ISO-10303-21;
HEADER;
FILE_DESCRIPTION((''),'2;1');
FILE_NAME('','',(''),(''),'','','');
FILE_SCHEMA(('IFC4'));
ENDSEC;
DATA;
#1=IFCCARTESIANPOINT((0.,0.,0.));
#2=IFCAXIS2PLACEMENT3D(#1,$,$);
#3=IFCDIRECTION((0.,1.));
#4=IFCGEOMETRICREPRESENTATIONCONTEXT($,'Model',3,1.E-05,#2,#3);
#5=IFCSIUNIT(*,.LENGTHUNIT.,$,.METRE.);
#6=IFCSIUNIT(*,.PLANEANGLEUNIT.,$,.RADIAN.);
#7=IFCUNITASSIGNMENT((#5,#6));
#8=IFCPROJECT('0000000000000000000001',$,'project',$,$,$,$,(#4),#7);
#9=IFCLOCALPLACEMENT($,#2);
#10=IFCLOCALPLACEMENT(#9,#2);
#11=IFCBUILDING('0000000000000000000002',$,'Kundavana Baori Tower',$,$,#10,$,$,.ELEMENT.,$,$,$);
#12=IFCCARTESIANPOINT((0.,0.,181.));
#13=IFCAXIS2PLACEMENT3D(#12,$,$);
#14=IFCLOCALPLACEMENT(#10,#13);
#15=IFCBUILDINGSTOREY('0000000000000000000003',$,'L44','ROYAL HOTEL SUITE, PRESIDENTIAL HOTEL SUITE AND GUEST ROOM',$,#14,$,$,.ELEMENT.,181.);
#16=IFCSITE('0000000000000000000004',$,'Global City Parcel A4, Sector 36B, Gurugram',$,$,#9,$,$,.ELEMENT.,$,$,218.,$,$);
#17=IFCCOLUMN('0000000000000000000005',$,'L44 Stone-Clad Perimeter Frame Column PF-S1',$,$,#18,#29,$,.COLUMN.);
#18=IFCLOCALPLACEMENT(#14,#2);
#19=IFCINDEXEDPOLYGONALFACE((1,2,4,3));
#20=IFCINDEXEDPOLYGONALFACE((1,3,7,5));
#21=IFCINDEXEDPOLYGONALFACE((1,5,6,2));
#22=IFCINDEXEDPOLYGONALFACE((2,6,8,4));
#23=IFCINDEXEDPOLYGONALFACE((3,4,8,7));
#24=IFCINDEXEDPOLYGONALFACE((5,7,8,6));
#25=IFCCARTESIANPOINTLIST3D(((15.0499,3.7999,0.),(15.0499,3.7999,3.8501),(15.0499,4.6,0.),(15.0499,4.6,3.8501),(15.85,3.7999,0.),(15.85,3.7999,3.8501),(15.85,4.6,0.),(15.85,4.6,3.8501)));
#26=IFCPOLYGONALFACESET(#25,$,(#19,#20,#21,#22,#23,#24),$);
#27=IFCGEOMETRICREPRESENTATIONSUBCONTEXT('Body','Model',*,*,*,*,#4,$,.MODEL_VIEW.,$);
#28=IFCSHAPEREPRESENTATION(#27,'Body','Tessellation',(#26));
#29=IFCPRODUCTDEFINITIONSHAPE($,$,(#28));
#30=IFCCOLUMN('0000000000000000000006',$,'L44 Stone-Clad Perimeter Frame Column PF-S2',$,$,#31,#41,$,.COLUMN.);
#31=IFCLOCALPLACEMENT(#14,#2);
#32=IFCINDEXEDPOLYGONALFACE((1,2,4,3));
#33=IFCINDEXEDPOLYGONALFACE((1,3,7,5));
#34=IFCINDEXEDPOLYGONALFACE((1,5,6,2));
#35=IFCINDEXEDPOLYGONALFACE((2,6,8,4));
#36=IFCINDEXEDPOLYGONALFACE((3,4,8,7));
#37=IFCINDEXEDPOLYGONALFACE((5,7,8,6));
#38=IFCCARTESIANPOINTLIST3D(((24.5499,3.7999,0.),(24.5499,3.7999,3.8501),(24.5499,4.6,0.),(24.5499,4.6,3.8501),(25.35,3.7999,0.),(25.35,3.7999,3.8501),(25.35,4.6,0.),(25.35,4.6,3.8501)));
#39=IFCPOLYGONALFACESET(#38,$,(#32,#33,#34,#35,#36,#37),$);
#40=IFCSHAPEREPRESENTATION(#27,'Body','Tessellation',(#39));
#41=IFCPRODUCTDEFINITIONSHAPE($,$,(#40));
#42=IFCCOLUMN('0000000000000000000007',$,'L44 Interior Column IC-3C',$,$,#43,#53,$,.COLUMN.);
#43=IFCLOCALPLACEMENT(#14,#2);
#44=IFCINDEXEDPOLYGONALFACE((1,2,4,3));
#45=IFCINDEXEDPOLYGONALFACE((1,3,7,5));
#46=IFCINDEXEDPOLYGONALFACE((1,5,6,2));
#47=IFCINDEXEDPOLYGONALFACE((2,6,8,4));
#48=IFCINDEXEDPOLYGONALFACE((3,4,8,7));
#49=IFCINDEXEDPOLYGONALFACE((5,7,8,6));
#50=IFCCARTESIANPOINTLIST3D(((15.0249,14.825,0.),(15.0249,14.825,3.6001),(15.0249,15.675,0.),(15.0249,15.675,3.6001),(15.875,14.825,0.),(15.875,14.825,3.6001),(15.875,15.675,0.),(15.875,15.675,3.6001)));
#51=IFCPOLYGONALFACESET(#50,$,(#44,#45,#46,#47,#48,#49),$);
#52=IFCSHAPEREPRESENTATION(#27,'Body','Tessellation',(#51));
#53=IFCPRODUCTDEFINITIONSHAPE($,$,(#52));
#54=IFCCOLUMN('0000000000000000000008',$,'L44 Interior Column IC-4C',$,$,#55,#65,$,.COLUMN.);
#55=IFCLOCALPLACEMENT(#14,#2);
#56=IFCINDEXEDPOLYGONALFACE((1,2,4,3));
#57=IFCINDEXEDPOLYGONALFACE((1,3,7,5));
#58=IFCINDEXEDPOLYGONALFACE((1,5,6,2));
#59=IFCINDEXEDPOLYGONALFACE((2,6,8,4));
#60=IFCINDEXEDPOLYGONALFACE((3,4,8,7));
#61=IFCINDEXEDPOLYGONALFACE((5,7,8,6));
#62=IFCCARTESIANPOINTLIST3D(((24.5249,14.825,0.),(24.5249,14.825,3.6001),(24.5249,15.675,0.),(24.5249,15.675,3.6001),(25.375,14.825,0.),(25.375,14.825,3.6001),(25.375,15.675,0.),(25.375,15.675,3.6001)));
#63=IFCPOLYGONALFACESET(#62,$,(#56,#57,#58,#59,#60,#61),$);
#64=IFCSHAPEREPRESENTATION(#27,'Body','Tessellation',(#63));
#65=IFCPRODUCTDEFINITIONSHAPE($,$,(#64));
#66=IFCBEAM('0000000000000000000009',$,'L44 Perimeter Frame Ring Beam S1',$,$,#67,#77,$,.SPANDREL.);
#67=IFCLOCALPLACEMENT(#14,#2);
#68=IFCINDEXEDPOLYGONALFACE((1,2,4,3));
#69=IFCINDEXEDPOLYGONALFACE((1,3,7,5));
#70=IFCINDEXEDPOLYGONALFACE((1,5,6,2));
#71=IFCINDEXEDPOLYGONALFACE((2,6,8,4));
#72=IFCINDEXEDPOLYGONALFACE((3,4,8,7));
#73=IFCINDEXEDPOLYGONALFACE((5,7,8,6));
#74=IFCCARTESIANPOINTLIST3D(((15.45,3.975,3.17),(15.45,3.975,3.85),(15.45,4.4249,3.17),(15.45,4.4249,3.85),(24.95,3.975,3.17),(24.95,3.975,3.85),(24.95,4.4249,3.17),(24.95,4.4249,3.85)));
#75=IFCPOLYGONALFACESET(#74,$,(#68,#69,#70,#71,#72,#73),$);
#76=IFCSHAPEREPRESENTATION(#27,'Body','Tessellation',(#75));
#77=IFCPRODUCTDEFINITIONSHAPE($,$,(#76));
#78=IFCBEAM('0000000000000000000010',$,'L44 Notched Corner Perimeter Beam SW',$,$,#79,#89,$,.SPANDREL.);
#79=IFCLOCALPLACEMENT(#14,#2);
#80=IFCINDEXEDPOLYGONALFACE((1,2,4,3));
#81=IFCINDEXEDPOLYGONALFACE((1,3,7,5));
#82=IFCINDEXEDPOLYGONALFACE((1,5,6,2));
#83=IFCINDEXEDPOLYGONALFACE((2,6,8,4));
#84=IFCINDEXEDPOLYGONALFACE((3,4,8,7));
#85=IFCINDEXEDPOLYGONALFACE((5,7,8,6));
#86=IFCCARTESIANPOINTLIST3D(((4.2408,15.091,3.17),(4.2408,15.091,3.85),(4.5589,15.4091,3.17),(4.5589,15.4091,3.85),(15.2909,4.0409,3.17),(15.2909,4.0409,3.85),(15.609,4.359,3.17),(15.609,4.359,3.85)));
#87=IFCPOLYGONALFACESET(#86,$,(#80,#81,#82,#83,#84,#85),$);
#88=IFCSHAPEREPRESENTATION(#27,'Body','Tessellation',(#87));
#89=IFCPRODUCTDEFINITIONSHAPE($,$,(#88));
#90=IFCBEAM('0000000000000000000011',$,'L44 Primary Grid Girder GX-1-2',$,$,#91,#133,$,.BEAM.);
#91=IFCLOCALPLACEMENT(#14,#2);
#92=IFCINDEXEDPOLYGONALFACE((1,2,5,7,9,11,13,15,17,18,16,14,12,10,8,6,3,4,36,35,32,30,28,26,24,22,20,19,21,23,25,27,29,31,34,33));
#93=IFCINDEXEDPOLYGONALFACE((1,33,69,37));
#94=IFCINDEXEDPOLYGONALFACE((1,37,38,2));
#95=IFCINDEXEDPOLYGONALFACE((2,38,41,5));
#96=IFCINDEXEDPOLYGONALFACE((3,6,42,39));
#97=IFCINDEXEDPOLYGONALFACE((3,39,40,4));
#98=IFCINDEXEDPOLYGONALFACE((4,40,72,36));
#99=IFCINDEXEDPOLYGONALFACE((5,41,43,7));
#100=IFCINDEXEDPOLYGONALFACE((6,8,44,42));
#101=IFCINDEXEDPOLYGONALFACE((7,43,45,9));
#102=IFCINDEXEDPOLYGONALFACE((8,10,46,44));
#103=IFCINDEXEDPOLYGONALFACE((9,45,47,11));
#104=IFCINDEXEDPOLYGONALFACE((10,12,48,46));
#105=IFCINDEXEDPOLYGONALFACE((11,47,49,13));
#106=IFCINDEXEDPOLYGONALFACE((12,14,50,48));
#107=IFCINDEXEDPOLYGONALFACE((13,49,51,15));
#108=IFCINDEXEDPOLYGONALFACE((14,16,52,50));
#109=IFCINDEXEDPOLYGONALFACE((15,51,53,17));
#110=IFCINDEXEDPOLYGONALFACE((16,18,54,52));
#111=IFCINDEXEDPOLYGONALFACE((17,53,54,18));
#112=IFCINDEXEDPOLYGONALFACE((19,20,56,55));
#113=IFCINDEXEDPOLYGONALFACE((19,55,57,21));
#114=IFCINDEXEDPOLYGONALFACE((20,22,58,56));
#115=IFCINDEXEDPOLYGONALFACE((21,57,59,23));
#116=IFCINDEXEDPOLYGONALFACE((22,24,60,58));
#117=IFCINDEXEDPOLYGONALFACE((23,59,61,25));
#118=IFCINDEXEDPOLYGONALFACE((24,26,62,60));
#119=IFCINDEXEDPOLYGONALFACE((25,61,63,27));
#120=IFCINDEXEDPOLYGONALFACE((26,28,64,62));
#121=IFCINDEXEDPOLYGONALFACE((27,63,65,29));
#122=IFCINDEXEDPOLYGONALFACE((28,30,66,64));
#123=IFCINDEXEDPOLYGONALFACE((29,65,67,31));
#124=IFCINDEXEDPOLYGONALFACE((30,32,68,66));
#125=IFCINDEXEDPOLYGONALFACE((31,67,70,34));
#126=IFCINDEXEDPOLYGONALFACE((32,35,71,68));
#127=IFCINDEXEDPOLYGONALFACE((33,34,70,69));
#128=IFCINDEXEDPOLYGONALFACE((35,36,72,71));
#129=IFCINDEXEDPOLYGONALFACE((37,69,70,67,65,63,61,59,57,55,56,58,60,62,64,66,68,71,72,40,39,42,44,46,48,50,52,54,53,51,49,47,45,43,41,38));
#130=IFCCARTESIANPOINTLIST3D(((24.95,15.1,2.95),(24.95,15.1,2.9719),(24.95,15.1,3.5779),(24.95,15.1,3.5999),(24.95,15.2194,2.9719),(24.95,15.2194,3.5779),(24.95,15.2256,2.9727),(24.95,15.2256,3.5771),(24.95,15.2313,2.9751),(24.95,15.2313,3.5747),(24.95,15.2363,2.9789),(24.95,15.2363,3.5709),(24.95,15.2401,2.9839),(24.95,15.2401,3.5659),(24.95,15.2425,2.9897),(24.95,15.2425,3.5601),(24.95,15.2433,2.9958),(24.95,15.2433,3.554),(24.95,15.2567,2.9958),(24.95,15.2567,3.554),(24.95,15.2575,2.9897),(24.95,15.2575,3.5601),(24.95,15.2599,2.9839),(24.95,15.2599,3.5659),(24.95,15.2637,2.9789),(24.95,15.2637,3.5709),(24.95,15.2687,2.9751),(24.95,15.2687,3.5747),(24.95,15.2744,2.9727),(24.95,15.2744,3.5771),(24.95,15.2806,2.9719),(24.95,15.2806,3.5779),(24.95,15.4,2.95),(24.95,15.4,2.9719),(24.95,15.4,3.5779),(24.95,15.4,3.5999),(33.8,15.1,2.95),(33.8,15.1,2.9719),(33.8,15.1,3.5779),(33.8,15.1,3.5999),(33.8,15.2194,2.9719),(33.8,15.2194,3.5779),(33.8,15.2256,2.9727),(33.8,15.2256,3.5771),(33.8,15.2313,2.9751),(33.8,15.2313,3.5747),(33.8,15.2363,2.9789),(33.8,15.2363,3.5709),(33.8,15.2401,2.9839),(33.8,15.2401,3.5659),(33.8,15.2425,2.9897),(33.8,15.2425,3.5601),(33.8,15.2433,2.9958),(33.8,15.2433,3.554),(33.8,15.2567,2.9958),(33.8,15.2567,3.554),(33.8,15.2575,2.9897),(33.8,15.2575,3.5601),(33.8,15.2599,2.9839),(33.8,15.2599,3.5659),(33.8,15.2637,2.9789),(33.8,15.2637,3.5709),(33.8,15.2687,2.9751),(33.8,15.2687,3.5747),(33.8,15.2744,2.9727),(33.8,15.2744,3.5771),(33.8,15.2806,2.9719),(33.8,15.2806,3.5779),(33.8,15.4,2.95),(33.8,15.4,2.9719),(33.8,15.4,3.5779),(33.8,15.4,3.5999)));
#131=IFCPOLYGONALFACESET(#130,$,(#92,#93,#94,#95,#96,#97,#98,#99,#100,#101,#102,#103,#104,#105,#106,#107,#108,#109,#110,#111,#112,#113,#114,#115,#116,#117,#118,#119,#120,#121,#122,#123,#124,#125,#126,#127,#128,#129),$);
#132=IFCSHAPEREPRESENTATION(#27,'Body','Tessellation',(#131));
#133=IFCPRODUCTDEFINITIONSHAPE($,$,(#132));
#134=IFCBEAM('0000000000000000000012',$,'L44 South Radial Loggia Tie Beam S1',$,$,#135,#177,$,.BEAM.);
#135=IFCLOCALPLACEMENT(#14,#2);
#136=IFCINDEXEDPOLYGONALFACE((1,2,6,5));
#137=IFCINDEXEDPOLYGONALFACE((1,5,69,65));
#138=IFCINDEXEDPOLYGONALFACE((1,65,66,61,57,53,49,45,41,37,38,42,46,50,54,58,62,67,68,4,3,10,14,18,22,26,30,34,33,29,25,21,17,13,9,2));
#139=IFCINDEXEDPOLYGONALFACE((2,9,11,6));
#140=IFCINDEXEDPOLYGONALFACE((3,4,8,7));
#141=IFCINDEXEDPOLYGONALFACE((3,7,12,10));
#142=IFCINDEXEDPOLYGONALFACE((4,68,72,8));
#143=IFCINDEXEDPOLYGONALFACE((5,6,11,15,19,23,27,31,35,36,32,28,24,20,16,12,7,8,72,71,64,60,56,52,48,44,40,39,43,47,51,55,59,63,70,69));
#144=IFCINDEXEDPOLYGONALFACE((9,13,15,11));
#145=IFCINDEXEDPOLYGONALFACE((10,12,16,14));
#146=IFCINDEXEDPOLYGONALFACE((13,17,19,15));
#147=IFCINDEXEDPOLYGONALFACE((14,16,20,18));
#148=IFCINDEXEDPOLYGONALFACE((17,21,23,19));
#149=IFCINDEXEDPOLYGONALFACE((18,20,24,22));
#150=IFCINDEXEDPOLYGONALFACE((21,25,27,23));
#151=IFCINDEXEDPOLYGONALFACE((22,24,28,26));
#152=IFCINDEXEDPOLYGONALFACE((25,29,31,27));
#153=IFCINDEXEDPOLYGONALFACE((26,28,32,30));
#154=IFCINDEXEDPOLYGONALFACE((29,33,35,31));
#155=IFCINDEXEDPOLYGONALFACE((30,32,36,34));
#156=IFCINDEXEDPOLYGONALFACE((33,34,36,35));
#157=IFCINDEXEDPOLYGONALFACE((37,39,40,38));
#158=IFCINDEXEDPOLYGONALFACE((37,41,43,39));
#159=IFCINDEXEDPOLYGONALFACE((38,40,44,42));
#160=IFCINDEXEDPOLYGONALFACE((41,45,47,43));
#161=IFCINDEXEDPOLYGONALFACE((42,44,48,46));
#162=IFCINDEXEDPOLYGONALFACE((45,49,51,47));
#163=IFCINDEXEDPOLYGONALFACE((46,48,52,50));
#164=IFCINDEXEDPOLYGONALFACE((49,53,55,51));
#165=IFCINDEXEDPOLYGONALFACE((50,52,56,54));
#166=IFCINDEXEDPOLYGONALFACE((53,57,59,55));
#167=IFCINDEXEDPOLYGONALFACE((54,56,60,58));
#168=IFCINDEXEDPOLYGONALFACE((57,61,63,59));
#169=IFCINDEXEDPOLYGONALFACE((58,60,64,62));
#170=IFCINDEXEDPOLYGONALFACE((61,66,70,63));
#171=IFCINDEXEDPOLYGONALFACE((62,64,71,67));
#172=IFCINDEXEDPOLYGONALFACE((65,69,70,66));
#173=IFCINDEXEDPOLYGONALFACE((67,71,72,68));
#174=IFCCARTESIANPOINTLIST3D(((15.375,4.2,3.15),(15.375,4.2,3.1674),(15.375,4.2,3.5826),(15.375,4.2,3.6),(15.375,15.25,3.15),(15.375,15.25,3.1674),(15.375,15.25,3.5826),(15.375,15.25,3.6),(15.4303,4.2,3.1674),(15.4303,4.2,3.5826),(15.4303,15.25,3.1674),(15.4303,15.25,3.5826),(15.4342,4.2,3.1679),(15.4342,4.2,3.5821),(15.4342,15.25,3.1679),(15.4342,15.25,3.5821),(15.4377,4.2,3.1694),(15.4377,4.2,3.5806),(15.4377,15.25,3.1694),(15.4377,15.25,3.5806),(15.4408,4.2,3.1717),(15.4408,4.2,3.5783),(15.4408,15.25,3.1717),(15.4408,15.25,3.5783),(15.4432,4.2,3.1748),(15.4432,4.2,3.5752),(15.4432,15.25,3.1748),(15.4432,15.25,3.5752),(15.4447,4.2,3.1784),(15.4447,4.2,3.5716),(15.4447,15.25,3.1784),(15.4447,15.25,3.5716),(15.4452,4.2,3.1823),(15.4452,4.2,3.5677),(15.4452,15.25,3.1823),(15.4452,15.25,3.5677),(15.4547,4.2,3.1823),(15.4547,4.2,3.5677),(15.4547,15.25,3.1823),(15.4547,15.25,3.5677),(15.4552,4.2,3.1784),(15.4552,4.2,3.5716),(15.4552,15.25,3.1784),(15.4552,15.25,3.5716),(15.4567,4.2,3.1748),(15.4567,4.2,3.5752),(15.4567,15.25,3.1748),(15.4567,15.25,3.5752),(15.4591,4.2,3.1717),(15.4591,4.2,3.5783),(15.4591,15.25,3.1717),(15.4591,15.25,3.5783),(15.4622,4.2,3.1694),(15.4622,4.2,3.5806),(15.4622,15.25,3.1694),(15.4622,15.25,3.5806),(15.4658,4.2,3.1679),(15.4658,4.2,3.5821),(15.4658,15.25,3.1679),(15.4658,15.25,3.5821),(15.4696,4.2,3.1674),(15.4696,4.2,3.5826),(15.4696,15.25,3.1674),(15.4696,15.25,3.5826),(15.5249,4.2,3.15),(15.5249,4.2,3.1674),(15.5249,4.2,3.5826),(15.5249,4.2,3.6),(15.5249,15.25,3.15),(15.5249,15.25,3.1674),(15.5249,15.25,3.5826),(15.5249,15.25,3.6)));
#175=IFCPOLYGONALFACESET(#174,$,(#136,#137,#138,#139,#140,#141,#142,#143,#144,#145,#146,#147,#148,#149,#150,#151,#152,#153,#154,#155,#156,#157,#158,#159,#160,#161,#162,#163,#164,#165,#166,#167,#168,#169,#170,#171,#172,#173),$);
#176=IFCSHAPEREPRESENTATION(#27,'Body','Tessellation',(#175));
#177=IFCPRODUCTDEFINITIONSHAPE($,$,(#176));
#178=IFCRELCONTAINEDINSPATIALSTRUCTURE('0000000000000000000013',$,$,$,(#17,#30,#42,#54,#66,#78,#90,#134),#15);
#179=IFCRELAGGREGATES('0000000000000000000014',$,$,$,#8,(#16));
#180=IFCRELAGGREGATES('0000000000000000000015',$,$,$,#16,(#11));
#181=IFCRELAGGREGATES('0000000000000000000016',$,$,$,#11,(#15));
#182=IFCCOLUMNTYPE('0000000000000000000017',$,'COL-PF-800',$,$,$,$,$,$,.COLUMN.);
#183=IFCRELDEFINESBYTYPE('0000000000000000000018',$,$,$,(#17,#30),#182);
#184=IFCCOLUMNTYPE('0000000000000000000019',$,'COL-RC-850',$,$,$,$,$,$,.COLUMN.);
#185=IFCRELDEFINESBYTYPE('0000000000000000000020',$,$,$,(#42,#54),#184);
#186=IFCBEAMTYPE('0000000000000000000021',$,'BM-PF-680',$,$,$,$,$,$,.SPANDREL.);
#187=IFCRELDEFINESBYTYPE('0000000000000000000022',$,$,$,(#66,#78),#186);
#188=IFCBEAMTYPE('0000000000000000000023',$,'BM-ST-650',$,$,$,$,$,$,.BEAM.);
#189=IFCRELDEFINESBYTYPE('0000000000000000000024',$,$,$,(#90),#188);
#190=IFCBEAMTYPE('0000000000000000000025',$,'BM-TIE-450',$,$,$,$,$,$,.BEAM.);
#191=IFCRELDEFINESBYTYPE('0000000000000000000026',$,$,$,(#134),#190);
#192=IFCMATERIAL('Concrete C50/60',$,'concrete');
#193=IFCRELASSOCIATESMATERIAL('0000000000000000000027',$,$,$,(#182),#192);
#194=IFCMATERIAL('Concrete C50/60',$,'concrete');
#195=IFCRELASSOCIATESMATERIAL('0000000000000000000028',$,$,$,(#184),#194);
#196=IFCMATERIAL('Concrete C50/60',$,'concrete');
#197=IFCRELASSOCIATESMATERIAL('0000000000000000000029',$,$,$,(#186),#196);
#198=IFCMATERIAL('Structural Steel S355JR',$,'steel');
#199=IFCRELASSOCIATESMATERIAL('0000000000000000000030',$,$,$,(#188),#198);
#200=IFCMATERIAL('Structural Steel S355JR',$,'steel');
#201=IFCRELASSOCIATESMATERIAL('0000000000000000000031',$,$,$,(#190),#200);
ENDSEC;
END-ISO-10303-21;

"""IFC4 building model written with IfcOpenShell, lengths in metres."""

from ifc_helpers import new_model, si_unit, direction, frame, origin, origin_2d, place, context, subcontext, project, spatial, rectangle, i_section, extrude, material, material_profile, profile_set, type_object, element, save


model = new_model("IFC4")

# Units and contexts
model_context = context("Model", 3, precision=1e-05, world=origin(), true_north=direction((0.0, 1.0)))
body_context = subcontext(model_context, "Body", "Model", "MODEL_VIEW")
ifc_project = project(units=[si_unit("LENGTHUNIT", "METRE"), si_unit("PLANEANGLEUNIT", "RADIAN")], contexts=[model_context])

# Site, building, storey
site_placement = place(None, origin())
site = spatial("IfcSite", under=ifc_project, at=site_placement, Name="Global City Parcel A4, Sector 36B, Gurugram", CompositionType="ELEMENT", RefElevation=218.0)
building_placement = place(site_placement, origin())
building = spatial("IfcBuilding", under=site, at=building_placement, Name="Kundavana Baori Tower", CompositionType="ELEMENT")
storey_placement = place(building_placement, frame((0.0, 0.0, 181.0)))
storey = spatial("IfcBuildingStorey", under=building, at=storey_placement, Name="L44", Description="ROYAL HOTEL SUITE, PRESIDENTIAL HOTEL SUITE AND GUEST ROOM", CompositionType="ELEMENT", Elevation=181.0)

# Columns
ifc_material_1 = material(Name="Concrete C50/60", Category="concrete")
ifc_material_profile_1 = material_profile(ifc_material_1, rectangle(XDim=0.8, YDim=0.8, at=origin_2d()), Name="RC PF 800x800")
ifc_profile_set_1 = profile_set([ifc_material_profile_1], Name="Concrete C50/60")
column_type_1 = type_object("IfcColumnType", Name="COL-PF-800", PredefinedType="COLUMN", material=ifc_profile_set_1)
for number, where, z_axis, x_axis, name in (
    (1, (15.45, 4.2, 0.0), (0.0, 0.0, 1.0), (1.0, 0.0, 0.0), "L44 Stone-Clad Perimeter Frame Column PF-S1"),
    (2, (24.95, 4.2, 0.0), (0.0, 0.0, 1.0), (1.0, 0.0, 0.0), "L44 Stone-Clad Perimeter Frame Column PF-S2"),
):
    element("IfcColumn", number, at=place(storey_placement, frame(where, z_axis=z_axis, x_axis=x_axis)), inside=storey, type_object=column_type_1, Name=name, PredefinedType="COLUMN", context=body_context, shape_type="SweptSolid", body=[
        extrude(rectangle(XDim=0.8, YDim=0.8, at=origin_2d()), origin(), (0.0, 0.0, 1.0), 3.8501),
    ])
ifc_material_2 = material(Name="Concrete C50/60", Category="concrete")
ifc_material_profile_2 = material_profile(ifc_material_2, rectangle(XDim=0.8501, YDim=0.8501, at=origin_2d()), Name="RC 850x850")
ifc_profile_set_2 = profile_set([ifc_material_profile_2], Name="Concrete C50/60")
column_type_2 = type_object("IfcColumnType", Name="COL-RC-850", PredefinedType="COLUMN", material=ifc_profile_set_2)
for number, where, z_axis, x_axis, name in (
    (3, (15.45, 15.25, 0.0), (0.0, 0.0, 1.0), (1.0, 0.0, 0.0), "L44 Interior Column IC-3C"),
    (4, (24.95, 15.25, 0.0), (0.0, 0.0, 1.0), (1.0, 0.0, 0.0), "L44 Interior Column IC-4C"),
):
    element("IfcColumn", number, at=place(storey_placement, frame(where, z_axis=z_axis, x_axis=x_axis)), inside=storey, type_object=column_type_2, Name=name, PredefinedType="COLUMN", context=body_context, shape_type="SweptSolid", body=[
        extrude(rectangle(XDim=0.8501, YDim=0.8501, at=origin_2d()), origin(), (0.0, 0.0, 1.0), 3.6001),
    ])

# Beams
ifc_material_3 = material(Name="Concrete C50/60", Category="concrete")
ifc_material_profile_3 = material_profile(ifc_material_3, rectangle(XDim=0.45, YDim=0.6799, at=origin_2d()), Name="RC BM 450x680")
ifc_profile_set_3 = profile_set([ifc_material_profile_3], Name="Concrete C50/60")
beam_type_1 = type_object("IfcBeamType", Name="BM-PF-680", PredefinedType="SPANDREL", material=ifc_profile_set_3)
beam_1_placement = place(storey_placement, frame((15.45, 4.2, 3.51), z_axis=(1.0, 0.0, 0.0), x_axis=(0.0, 1.0, 0.0)))
element("IfcBeam", 5, at=beam_1_placement, inside=storey, type_object=beam_type_1, Name="L44 Perimeter Frame Ring Beam S1", PredefinedType="SPANDREL", context=body_context, shape_type="SweptSolid", body=[
    extrude(rectangle(XDim=0.45, YDim=0.6799, at=origin_2d()), origin(), (0.0, 0.0, 1.0), 9.5),
])
beam_2_placement = place(storey_placement, frame((15.45, 4.2, 3.51), z_axis=(-0.707107, 0.707107, 0.0), x_axis=(-0.707107, -0.707107, 0.0)))
element("IfcBeam", 6, at=beam_2_placement, inside=storey, type_object=beam_type_1, Name="L44 Notched Corner Perimeter Beam SW", PredefinedType="SPANDREL", context=body_context, shape_type="SweptSolid", body=[
    extrude(rectangle(XDim=0.45, YDim=0.6799, at=origin_2d()), origin(), (0.0, 0.0, 1.0), 15.6272),
])
ifc_material_4 = material(Name="Structural Steel S355JR", Category="steel")
ifc_material_profile_4 = material_profile(ifc_material_4, i_section(OverallWidth=0.3, OverallDepth=0.6499, WebThickness=0.0134, FlangeThickness=0.022, FilletRadius=0.0239, at=origin_2d()), Name="NPB 650x300x155")
ifc_profile_set_4 = profile_set([ifc_material_profile_4], Name="Structural Steel S355JR")
beam_type_2 = type_object("IfcBeamType", Name="BM-ST-650", PredefinedType="BEAM", material=ifc_profile_set_4)
beam_3_placement = place(storey_placement, frame((24.95, 15.25, 3.2749), z_axis=(1.0, 0.0, 0.0), x_axis=(0.0, 1.0, 0.0)))
element("IfcBeam", 7, at=beam_3_placement, inside=storey, type_object=beam_type_2, Name="L44 Primary Grid Girder GX-1-2", PredefinedType="BEAM", context=body_context, shape_type="SweptSolid", body=[
    extrude(i_section(OverallWidth=0.3, OverallDepth=0.6499, WebThickness=0.0134, FlangeThickness=0.022, FilletRadius=0.0239, at=origin_2d()), origin(), (0.0, 0.0, 1.0), 8.8501),
])
ifc_material_5 = material(Name="Structural Steel S355JR", Category="steel")
ifc_material_profile_5 = material_profile(ifc_material_5, i_section(OverallWidth=0.1499, OverallDepth=0.45, WebThickness=0.0095, FlangeThickness=0.0173, FilletRadius=0.0149, at=origin_2d()), Name="ISMB 450")
ifc_profile_set_5 = profile_set([ifc_material_profile_5], Name="Structural Steel S355JR")
beam_type_3 = type_object("IfcBeamType", Name="BM-TIE-450", PredefinedType="BEAM", material=ifc_profile_set_5)
for number, where, z_axis, x_axis, name in (
    (8, (15.45, 15.25, 3.375), (0.0, -1.0, 0.0), (1.0, 0.0, 0.0), "L44 South Radial Loggia Tie Beam S1"),
):
    element("IfcBeam", number, at=place(storey_placement, frame(where, z_axis=z_axis, x_axis=x_axis)), inside=storey, type_object=beam_type_3, Name=name, PredefinedType="BEAM", context=body_context, shape_type="SweptSolid", body=[
        extrude(i_section(OverallWidth=0.1499, OverallDepth=0.45, WebThickness=0.0095, FlangeThickness=0.0173, FilletRadius=0.0149, at=origin_2d()), origin(), (0.0, 0.0, 1.0), 11.05),
    ])

save(model, "model.ifc")
